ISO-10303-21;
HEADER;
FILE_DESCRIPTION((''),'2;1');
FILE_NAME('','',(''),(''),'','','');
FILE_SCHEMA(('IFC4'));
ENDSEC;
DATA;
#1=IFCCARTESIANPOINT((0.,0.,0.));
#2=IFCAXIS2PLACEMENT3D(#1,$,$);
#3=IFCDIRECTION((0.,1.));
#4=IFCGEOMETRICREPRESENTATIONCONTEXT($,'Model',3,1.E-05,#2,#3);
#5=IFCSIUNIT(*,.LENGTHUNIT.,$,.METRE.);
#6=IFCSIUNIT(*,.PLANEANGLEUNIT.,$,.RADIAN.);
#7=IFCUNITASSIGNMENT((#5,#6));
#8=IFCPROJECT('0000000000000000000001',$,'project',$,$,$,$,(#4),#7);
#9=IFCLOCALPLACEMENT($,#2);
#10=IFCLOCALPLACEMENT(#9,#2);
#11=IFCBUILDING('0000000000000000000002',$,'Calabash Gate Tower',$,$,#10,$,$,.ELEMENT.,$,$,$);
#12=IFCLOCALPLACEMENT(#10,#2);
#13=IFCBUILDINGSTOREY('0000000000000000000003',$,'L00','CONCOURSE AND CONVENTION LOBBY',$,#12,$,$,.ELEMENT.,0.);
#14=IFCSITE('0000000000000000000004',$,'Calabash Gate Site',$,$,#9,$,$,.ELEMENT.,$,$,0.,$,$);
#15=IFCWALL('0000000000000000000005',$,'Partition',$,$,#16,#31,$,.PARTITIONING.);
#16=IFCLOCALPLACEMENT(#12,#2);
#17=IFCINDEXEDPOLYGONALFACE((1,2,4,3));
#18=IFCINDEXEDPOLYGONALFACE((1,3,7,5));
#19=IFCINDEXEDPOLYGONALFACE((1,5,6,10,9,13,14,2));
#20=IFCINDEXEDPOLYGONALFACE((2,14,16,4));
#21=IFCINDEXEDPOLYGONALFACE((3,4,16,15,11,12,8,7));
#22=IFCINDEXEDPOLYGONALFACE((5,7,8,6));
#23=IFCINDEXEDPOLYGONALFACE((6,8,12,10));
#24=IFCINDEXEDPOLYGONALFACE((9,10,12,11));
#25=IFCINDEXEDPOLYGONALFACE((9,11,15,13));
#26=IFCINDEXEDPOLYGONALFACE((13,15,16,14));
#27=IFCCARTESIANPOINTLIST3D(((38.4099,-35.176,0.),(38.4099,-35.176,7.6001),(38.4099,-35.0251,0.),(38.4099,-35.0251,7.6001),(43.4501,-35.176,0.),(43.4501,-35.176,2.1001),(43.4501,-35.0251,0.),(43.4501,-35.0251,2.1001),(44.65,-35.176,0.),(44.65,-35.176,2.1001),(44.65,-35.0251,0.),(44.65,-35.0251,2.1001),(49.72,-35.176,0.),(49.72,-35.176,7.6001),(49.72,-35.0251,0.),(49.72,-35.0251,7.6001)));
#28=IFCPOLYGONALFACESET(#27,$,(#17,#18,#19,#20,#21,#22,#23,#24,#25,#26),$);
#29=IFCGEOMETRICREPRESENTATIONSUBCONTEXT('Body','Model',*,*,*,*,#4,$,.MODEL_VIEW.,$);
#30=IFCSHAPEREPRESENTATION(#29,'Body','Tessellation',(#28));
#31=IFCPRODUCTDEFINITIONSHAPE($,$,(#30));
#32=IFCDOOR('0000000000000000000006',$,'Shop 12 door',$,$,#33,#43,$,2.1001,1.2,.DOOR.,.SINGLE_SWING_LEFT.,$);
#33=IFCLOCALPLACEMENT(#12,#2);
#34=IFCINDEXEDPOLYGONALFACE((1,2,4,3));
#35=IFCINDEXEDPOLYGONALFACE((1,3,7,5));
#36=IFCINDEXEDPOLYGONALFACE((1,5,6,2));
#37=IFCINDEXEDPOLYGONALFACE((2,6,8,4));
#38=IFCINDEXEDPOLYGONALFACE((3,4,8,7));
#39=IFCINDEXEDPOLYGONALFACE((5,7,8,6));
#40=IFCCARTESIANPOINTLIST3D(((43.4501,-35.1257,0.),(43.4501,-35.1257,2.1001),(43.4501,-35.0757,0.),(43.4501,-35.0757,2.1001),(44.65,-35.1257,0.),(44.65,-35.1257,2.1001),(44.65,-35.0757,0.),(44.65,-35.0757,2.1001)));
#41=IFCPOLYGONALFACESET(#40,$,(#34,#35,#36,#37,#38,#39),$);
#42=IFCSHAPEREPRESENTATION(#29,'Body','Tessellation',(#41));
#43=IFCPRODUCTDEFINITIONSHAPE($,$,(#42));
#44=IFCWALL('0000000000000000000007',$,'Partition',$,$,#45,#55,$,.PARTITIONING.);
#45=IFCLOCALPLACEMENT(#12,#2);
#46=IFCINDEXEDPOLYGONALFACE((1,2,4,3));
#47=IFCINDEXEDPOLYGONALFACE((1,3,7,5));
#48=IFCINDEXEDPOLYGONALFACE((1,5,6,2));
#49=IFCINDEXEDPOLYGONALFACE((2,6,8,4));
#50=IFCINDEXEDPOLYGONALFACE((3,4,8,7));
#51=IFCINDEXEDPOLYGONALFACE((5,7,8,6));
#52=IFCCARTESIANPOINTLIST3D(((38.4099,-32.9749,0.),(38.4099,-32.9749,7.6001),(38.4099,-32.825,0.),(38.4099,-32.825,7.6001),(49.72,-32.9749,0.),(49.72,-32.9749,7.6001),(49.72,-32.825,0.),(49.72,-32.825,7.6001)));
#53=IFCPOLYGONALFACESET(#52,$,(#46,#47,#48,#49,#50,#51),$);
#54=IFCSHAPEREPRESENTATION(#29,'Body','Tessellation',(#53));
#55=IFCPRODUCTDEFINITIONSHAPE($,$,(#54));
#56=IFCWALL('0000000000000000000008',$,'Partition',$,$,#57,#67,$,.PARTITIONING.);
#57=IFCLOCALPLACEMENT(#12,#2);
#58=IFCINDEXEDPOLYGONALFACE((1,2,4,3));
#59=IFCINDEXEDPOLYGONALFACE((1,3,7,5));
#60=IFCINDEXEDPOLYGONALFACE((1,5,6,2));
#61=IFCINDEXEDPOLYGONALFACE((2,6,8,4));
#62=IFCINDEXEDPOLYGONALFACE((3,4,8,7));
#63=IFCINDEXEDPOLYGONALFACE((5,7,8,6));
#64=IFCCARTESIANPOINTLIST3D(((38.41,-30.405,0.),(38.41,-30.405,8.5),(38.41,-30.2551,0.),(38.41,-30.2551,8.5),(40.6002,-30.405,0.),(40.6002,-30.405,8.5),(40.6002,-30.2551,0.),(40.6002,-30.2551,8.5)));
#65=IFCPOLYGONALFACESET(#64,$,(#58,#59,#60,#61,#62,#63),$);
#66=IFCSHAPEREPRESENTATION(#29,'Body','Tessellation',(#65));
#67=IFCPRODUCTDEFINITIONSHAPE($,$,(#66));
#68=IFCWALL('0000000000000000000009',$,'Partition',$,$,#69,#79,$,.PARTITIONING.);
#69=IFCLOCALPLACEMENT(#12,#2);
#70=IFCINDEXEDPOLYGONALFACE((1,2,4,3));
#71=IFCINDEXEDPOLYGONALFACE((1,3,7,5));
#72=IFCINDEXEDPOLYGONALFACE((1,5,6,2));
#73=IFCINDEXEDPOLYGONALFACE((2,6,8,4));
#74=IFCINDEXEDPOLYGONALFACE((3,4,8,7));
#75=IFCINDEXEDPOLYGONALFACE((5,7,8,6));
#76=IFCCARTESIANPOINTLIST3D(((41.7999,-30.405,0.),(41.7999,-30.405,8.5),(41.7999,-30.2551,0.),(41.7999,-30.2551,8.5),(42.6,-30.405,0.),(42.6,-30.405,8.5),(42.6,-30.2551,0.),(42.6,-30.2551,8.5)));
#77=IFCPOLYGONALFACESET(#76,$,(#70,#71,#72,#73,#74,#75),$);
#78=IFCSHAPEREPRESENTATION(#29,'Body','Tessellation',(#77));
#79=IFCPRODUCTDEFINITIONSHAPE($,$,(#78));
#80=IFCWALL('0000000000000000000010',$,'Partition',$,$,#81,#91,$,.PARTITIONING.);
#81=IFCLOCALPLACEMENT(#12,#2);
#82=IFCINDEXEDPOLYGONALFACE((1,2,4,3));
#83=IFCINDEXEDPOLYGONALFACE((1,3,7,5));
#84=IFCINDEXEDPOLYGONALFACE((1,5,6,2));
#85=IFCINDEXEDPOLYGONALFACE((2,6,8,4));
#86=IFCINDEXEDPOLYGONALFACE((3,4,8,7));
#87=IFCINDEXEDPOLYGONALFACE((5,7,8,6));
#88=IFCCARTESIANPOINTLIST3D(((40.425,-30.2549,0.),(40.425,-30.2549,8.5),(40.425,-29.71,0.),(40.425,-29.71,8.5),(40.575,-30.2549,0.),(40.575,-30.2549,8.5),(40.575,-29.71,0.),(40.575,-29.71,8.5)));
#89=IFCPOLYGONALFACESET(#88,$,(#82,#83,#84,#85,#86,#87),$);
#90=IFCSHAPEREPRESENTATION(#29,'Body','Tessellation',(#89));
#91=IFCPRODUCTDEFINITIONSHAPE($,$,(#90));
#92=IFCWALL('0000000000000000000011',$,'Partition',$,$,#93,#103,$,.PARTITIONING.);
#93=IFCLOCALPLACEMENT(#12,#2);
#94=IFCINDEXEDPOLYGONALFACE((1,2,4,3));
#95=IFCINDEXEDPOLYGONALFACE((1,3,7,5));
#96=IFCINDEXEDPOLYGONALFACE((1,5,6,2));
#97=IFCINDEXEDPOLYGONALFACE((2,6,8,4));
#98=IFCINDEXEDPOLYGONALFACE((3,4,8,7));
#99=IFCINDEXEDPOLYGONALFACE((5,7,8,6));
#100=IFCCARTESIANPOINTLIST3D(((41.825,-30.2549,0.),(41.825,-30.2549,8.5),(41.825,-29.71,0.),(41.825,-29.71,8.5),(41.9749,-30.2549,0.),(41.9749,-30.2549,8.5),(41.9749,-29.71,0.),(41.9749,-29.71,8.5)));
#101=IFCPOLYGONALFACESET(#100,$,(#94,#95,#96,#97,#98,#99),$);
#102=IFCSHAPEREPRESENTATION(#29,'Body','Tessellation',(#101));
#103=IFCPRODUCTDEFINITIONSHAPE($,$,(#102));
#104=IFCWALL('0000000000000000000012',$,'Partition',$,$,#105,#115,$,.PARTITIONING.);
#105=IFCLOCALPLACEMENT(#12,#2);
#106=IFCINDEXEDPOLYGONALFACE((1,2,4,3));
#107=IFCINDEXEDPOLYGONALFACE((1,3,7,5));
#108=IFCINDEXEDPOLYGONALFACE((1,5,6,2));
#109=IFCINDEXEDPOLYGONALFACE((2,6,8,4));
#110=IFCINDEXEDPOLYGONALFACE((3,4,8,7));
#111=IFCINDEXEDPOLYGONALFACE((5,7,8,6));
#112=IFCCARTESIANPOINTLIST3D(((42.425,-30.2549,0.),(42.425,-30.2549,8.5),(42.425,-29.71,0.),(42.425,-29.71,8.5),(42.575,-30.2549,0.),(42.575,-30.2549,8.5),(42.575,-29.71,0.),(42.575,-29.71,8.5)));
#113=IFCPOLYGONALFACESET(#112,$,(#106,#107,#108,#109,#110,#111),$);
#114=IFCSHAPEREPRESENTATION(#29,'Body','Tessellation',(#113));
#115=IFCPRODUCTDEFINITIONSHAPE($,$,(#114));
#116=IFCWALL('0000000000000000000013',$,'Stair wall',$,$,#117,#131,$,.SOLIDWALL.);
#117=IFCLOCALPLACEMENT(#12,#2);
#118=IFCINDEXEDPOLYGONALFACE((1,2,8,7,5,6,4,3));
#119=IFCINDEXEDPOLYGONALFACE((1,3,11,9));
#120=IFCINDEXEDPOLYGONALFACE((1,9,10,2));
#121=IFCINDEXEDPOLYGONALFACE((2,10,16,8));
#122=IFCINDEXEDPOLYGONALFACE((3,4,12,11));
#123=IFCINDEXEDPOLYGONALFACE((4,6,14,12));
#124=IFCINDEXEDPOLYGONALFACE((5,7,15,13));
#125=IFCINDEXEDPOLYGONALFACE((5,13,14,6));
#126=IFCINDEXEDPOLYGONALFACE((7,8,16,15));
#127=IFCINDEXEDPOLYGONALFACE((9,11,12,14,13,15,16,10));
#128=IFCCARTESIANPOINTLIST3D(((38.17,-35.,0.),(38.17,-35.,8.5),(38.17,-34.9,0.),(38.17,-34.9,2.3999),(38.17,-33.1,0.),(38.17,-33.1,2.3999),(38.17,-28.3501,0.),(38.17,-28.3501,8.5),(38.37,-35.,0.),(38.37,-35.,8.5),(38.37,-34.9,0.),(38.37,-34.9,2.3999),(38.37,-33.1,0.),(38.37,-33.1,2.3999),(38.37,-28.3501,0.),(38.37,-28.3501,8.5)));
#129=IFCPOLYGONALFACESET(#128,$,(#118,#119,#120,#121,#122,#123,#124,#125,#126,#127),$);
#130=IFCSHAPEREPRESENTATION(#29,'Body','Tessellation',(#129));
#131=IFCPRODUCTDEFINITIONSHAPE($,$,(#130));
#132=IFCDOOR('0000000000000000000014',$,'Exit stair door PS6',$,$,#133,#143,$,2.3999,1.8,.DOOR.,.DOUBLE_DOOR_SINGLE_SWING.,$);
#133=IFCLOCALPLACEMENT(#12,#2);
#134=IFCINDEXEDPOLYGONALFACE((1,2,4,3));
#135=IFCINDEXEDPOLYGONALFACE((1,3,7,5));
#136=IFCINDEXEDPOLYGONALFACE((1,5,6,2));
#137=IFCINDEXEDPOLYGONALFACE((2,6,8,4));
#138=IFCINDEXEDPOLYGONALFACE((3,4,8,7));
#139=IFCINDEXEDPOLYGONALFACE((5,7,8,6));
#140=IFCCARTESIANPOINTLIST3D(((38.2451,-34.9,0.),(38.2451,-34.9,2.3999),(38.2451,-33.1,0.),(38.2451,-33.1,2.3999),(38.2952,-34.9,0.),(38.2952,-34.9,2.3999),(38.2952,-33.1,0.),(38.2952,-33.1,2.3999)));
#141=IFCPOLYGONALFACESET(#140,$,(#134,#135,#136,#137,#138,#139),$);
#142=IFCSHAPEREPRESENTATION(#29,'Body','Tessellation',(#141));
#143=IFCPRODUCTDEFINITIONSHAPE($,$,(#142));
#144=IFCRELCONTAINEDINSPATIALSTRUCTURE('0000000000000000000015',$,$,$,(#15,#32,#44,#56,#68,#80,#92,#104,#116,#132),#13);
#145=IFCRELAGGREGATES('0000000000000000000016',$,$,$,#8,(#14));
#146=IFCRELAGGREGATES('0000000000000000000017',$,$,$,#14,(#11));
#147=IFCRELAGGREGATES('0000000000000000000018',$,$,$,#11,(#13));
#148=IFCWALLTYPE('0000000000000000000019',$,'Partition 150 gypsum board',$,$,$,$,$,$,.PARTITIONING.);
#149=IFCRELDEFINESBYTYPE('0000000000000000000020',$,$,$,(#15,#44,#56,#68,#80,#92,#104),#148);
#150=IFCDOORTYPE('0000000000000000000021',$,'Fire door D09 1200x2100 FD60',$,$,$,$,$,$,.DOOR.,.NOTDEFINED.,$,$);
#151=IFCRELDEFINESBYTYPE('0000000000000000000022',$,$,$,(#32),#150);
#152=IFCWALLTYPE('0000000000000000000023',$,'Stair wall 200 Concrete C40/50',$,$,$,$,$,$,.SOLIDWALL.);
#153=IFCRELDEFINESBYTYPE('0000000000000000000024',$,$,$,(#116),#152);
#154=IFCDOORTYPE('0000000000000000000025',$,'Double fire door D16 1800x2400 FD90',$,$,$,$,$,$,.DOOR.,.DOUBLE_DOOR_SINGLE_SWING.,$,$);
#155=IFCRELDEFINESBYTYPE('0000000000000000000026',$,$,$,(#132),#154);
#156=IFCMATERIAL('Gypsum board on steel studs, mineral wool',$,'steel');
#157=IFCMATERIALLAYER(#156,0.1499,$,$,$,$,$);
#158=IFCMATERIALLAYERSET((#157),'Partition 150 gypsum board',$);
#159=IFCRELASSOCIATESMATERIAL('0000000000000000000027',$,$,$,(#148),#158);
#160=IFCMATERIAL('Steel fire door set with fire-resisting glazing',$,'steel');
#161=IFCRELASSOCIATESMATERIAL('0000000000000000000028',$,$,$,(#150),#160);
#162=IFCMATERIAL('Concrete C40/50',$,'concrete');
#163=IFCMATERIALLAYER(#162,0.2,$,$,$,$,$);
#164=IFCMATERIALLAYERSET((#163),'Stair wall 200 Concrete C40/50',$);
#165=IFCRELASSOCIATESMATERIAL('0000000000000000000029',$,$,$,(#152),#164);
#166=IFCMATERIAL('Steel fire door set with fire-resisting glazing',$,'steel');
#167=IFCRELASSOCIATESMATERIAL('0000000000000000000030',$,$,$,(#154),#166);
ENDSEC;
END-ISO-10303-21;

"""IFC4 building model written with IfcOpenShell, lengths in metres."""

from ifc_helpers import new_model, si_unit, direction, frame, frame_2d, origin, place, context, subcontext, project, spatial, rectangle, extrude, material, layer, layer_set, type_object, element, fill, save


model = new_model("IFC4")

# Units and contexts
model_context = context("Model", 3, precision=1e-05, world=origin(), true_north=direction((0.0, 1.0)))
body_context = subcontext(model_context, "Body", "Model", "MODEL_VIEW")
ifc_project = project(units=[si_unit("LENGTHUNIT", "METRE"), si_unit("PLANEANGLEUNIT", "RADIAN")], contexts=[model_context])

# Site, building, storey
site_placement = place(None, origin())
site = spatial("IfcSite", under=ifc_project, at=site_placement, Name="Calabash Gate Site", CompositionType="ELEMENT", RefElevation=0.0)
building_placement = place(site_placement, origin())
building = spatial("IfcBuilding", under=site, at=building_placement, Name="Calabash Gate Tower", CompositionType="ELEMENT")
storey_placement = place(building_placement, origin())
storey = spatial("IfcBuildingStorey", under=building, at=storey_placement, Name="L00", Description="CONCOURSE AND CONVENTION LOBBY", CompositionType="ELEMENT", Elevation=0.0)

# Shared definitions
ifc_material_1 = material(Name="Gypsum board on steel studs, mineral wool", Category="steel")
ifc_layer_1 = layer(ifc_material_1, 0.1499)
ifc_layer_set_1 = layer_set([ifc_layer_1], Name="Partition 150 gypsum board")
wall_type_1 = type_object("IfcWallType", Name="Partition 150 gypsum board", PredefinedType="PARTITIONING", material=ifc_layer_set_1)

# Wall, opening, door
wall_1_placement = place(storey_placement, frame((38.4099, -35.1006, 0.0), z_axis=(0.0, 0.0, 1.0), x_axis=(1.0, 0.0, 0.0)))
wall_1 = element("IfcWall", 1, at=wall_1_placement, inside=storey, type_object=wall_type_1, Name="Partition", PredefinedType="PARTITIONING", context=body_context, shape_type="SweptSolid", body=[
    extrude(rectangle(XDim=11.3101, YDim=0.1509, at=frame_2d((5.655, 0.0))), origin(), (0.0, 0.0, 1.0), 7.6001),
])
opening_1_placement = place(wall_1_placement, frame((5.04, 0.0, 0.0)))
opening_1 = element("IfcOpeningElement", 2, at=opening_1_placement, cuts=wall_1, PredefinedType="OPENING", context=body_context, shape_type="SweptSolid", body=[
    extrude(rectangle(XDim=1.2, YDim=2.1001, at=frame_2d((0.6001, 1.05))), frame((0.0, 0.0854, 0.0), z_axis=(0.0, -1.0, 0.0), x_axis=(1.0, 0.0, 0.0)), (0.0, 0.0, 1.0), 0.1709),
])
ifc_material_2 = material(Name="Steel fire door set with fire-resisting glazing", Category="steel")
door_type_1 = type_object("IfcDoorType", Name="Fire door D09 1200x2100 FD60", OperationType="NOTDEFINED", PredefinedType="DOOR", material=ifc_material_2)
door_1_placement = place(opening_1_placement, origin())
door_1 = element("IfcDoor", 3, at=door_1_placement, inside=storey, type_object=door_type_1, Name="Shop 12 door", OperationType="SINGLE_SWING_LEFT", OverallHeight=2.1001, OverallWidth=1.2, PredefinedType="DOOR", context=body_context, shape_type="SweptSolid", body=[
    extrude(rectangle(XDim=1.2, YDim=2.1001, at=frame_2d((0.6001, 1.05))), frame((0.0, 0.0249, 0.0), z_axis=(0.0, -1.0, 0.0), x_axis=(1.0, 0.0, 0.0)), (0.0, 0.0, 1.0), 0.05),
])
fill(opening_1, door_1)

# Walls
wall_2_placement = place(storey_placement, frame((38.4099, -32.8999, 0.0), z_axis=(0.0, 0.0, 1.0), x_axis=(1.0, 0.0, 0.0)))
element("IfcWall", 4, at=wall_2_placement, inside=storey, type_object=wall_type_1, Name="Partition", PredefinedType="PARTITIONING", context=body_context, shape_type="SweptSolid", body=[
    extrude(rectangle(XDim=11.3101, YDim=0.1499, at=frame_2d((5.655, 0.0))), origin(), (0.0, 0.0, 1.0), 7.6001),
])
wall_3_placement = place(storey_placement, frame((38.4099, -30.3301, 0.0), z_axis=(0.0, 0.0, 1.0), x_axis=(1.0, 0.0, 0.0)))
element("IfcWall", 5, at=wall_3_placement, inside=storey, type_object=wall_type_1, Name="Partition", PredefinedType="PARTITIONING", context=body_context, shape_type="SweptSolid", body=[
    extrude(rectangle(XDim=2.1902, YDim=0.1499, at=frame_2d((1.0952, 0.0))), origin(), (0.0, 0.0, 1.0), 8.5),
])
wall_4_placement = place(storey_placement, frame((41.8, -30.3301, 0.0), z_axis=(0.0, 0.0, 1.0), x_axis=(1.0, 0.0, 0.0)))
element("IfcWall", 6, at=wall_4_placement, inside=storey, type_object=wall_type_1, Name="Partition", PredefinedType="PARTITIONING", context=body_context, shape_type="SweptSolid", body=[
    extrude(rectangle(XDim=0.8, YDim=0.1499, at=frame_2d((0.3999, 0.0))), origin(), (0.0, 0.0, 1.0), 8.5),
])
for number, where, z_axis, x_axis, name in (
    (7, (40.5, -30.2549, 0.0), (0.0, 0.0, 1.0), (0.0, 1.0, 0.0), "Partition"),
    (8, (41.8999, -30.2549, 0.0), (0.0, 0.0, 1.0), (0.0, 1.0, 0.0), "Partition"),
    (9, (42.5, -30.2549, 0.0), (0.0, 0.0, 1.0), (0.0, 1.0, 0.0), "Partition"),
):
    element("IfcWall", number, at=place(storey_placement, frame(where, z_axis=z_axis, x_axis=x_axis)), inside=storey, type_object=wall_type_1, Name=name, PredefinedType="PARTITIONING", context=body_context, shape_type="SweptSolid", body=[
        extrude(rectangle(XDim=0.5449, YDim=0.1499, at=frame_2d((0.2725, 0.0))), origin(), (0.0, 0.0, 1.0), 8.5),
    ])

# Wall, opening, door
ifc_material_3 = material(Name="Concrete C40/50", Category="concrete")
ifc_layer_2 = layer(ifc_material_3, 0.2)
ifc_layer_set_2 = layer_set([ifc_layer_2], Name="Stair wall 200 Concrete C40/50")
wall_type_2 = type_object("IfcWallType", Name="Stair wall 200 Concrete C40/50", PredefinedType="SOLIDWALL", material=ifc_layer_set_2)
wall_5_placement = place(storey_placement, frame((38.27, -35.0, 0.0), z_axis=(0.0, 0.0, 1.0), x_axis=(0.0, 1.0, 0.0)))
wall_5 = element("IfcWall", 10, at=wall_5_placement, inside=storey, type_object=wall_type_2, Name="Stair wall", PredefinedType="SOLIDWALL", context=body_context, shape_type="SweptSolid", body=[
    extrude(rectangle(XDim=6.6499, YDim=0.2, at=frame_2d((3.325, 0.0))), origin(), (0.0, 0.0, 1.0), 8.5),
])
opening_2_placement = place(wall_5_placement, frame((0.1001, 0.0, 0.0)))
opening_2 = element("IfcOpeningElement", 11, at=opening_2_placement, cuts=wall_5, PredefinedType="OPENING", context=body_context, shape_type="SweptSolid", body=[
    extrude(rectangle(XDim=1.8, YDim=2.3999, at=frame_2d((0.8999, 1.2))), frame((0.0, 0.1099, 0.0), z_axis=(0.0, -1.0, 0.0), x_axis=(1.0, 0.0, 0.0)), (0.0, 0.0, 1.0), 0.22),
])
ifc_material_4 = material(Name="Steel fire door set with fire-resisting glazing", Category="steel")
door_type_2 = type_object("IfcDoorType", Name="Double fire door D16 1800x2400 FD90", OperationType="DOUBLE_DOOR_SINGLE_SWING", PredefinedType="DOOR", material=ifc_material_4)
door_2_placement = place(opening_2_placement, origin())
door_2 = element("IfcDoor", 12, at=door_2_placement, inside=storey, type_object=door_type_2, Name="Exit stair door PS6", OperationType="DOUBLE_DOOR_SINGLE_SWING", OverallHeight=2.3999, OverallWidth=1.8, PredefinedType="DOOR", context=body_context, shape_type="SweptSolid", body=[
    extrude(rectangle(XDim=1.8, YDim=2.3999, at=frame_2d((0.8999, 1.2))), frame((0.0, 0.0249, 0.0), z_axis=(0.0, -1.0, 0.0), x_axis=(1.0, 0.0, 0.0)), (0.0, 0.0, 1.0), 0.05),
])
fill(opening_2, door_2)

save(model, "model.ifc")
